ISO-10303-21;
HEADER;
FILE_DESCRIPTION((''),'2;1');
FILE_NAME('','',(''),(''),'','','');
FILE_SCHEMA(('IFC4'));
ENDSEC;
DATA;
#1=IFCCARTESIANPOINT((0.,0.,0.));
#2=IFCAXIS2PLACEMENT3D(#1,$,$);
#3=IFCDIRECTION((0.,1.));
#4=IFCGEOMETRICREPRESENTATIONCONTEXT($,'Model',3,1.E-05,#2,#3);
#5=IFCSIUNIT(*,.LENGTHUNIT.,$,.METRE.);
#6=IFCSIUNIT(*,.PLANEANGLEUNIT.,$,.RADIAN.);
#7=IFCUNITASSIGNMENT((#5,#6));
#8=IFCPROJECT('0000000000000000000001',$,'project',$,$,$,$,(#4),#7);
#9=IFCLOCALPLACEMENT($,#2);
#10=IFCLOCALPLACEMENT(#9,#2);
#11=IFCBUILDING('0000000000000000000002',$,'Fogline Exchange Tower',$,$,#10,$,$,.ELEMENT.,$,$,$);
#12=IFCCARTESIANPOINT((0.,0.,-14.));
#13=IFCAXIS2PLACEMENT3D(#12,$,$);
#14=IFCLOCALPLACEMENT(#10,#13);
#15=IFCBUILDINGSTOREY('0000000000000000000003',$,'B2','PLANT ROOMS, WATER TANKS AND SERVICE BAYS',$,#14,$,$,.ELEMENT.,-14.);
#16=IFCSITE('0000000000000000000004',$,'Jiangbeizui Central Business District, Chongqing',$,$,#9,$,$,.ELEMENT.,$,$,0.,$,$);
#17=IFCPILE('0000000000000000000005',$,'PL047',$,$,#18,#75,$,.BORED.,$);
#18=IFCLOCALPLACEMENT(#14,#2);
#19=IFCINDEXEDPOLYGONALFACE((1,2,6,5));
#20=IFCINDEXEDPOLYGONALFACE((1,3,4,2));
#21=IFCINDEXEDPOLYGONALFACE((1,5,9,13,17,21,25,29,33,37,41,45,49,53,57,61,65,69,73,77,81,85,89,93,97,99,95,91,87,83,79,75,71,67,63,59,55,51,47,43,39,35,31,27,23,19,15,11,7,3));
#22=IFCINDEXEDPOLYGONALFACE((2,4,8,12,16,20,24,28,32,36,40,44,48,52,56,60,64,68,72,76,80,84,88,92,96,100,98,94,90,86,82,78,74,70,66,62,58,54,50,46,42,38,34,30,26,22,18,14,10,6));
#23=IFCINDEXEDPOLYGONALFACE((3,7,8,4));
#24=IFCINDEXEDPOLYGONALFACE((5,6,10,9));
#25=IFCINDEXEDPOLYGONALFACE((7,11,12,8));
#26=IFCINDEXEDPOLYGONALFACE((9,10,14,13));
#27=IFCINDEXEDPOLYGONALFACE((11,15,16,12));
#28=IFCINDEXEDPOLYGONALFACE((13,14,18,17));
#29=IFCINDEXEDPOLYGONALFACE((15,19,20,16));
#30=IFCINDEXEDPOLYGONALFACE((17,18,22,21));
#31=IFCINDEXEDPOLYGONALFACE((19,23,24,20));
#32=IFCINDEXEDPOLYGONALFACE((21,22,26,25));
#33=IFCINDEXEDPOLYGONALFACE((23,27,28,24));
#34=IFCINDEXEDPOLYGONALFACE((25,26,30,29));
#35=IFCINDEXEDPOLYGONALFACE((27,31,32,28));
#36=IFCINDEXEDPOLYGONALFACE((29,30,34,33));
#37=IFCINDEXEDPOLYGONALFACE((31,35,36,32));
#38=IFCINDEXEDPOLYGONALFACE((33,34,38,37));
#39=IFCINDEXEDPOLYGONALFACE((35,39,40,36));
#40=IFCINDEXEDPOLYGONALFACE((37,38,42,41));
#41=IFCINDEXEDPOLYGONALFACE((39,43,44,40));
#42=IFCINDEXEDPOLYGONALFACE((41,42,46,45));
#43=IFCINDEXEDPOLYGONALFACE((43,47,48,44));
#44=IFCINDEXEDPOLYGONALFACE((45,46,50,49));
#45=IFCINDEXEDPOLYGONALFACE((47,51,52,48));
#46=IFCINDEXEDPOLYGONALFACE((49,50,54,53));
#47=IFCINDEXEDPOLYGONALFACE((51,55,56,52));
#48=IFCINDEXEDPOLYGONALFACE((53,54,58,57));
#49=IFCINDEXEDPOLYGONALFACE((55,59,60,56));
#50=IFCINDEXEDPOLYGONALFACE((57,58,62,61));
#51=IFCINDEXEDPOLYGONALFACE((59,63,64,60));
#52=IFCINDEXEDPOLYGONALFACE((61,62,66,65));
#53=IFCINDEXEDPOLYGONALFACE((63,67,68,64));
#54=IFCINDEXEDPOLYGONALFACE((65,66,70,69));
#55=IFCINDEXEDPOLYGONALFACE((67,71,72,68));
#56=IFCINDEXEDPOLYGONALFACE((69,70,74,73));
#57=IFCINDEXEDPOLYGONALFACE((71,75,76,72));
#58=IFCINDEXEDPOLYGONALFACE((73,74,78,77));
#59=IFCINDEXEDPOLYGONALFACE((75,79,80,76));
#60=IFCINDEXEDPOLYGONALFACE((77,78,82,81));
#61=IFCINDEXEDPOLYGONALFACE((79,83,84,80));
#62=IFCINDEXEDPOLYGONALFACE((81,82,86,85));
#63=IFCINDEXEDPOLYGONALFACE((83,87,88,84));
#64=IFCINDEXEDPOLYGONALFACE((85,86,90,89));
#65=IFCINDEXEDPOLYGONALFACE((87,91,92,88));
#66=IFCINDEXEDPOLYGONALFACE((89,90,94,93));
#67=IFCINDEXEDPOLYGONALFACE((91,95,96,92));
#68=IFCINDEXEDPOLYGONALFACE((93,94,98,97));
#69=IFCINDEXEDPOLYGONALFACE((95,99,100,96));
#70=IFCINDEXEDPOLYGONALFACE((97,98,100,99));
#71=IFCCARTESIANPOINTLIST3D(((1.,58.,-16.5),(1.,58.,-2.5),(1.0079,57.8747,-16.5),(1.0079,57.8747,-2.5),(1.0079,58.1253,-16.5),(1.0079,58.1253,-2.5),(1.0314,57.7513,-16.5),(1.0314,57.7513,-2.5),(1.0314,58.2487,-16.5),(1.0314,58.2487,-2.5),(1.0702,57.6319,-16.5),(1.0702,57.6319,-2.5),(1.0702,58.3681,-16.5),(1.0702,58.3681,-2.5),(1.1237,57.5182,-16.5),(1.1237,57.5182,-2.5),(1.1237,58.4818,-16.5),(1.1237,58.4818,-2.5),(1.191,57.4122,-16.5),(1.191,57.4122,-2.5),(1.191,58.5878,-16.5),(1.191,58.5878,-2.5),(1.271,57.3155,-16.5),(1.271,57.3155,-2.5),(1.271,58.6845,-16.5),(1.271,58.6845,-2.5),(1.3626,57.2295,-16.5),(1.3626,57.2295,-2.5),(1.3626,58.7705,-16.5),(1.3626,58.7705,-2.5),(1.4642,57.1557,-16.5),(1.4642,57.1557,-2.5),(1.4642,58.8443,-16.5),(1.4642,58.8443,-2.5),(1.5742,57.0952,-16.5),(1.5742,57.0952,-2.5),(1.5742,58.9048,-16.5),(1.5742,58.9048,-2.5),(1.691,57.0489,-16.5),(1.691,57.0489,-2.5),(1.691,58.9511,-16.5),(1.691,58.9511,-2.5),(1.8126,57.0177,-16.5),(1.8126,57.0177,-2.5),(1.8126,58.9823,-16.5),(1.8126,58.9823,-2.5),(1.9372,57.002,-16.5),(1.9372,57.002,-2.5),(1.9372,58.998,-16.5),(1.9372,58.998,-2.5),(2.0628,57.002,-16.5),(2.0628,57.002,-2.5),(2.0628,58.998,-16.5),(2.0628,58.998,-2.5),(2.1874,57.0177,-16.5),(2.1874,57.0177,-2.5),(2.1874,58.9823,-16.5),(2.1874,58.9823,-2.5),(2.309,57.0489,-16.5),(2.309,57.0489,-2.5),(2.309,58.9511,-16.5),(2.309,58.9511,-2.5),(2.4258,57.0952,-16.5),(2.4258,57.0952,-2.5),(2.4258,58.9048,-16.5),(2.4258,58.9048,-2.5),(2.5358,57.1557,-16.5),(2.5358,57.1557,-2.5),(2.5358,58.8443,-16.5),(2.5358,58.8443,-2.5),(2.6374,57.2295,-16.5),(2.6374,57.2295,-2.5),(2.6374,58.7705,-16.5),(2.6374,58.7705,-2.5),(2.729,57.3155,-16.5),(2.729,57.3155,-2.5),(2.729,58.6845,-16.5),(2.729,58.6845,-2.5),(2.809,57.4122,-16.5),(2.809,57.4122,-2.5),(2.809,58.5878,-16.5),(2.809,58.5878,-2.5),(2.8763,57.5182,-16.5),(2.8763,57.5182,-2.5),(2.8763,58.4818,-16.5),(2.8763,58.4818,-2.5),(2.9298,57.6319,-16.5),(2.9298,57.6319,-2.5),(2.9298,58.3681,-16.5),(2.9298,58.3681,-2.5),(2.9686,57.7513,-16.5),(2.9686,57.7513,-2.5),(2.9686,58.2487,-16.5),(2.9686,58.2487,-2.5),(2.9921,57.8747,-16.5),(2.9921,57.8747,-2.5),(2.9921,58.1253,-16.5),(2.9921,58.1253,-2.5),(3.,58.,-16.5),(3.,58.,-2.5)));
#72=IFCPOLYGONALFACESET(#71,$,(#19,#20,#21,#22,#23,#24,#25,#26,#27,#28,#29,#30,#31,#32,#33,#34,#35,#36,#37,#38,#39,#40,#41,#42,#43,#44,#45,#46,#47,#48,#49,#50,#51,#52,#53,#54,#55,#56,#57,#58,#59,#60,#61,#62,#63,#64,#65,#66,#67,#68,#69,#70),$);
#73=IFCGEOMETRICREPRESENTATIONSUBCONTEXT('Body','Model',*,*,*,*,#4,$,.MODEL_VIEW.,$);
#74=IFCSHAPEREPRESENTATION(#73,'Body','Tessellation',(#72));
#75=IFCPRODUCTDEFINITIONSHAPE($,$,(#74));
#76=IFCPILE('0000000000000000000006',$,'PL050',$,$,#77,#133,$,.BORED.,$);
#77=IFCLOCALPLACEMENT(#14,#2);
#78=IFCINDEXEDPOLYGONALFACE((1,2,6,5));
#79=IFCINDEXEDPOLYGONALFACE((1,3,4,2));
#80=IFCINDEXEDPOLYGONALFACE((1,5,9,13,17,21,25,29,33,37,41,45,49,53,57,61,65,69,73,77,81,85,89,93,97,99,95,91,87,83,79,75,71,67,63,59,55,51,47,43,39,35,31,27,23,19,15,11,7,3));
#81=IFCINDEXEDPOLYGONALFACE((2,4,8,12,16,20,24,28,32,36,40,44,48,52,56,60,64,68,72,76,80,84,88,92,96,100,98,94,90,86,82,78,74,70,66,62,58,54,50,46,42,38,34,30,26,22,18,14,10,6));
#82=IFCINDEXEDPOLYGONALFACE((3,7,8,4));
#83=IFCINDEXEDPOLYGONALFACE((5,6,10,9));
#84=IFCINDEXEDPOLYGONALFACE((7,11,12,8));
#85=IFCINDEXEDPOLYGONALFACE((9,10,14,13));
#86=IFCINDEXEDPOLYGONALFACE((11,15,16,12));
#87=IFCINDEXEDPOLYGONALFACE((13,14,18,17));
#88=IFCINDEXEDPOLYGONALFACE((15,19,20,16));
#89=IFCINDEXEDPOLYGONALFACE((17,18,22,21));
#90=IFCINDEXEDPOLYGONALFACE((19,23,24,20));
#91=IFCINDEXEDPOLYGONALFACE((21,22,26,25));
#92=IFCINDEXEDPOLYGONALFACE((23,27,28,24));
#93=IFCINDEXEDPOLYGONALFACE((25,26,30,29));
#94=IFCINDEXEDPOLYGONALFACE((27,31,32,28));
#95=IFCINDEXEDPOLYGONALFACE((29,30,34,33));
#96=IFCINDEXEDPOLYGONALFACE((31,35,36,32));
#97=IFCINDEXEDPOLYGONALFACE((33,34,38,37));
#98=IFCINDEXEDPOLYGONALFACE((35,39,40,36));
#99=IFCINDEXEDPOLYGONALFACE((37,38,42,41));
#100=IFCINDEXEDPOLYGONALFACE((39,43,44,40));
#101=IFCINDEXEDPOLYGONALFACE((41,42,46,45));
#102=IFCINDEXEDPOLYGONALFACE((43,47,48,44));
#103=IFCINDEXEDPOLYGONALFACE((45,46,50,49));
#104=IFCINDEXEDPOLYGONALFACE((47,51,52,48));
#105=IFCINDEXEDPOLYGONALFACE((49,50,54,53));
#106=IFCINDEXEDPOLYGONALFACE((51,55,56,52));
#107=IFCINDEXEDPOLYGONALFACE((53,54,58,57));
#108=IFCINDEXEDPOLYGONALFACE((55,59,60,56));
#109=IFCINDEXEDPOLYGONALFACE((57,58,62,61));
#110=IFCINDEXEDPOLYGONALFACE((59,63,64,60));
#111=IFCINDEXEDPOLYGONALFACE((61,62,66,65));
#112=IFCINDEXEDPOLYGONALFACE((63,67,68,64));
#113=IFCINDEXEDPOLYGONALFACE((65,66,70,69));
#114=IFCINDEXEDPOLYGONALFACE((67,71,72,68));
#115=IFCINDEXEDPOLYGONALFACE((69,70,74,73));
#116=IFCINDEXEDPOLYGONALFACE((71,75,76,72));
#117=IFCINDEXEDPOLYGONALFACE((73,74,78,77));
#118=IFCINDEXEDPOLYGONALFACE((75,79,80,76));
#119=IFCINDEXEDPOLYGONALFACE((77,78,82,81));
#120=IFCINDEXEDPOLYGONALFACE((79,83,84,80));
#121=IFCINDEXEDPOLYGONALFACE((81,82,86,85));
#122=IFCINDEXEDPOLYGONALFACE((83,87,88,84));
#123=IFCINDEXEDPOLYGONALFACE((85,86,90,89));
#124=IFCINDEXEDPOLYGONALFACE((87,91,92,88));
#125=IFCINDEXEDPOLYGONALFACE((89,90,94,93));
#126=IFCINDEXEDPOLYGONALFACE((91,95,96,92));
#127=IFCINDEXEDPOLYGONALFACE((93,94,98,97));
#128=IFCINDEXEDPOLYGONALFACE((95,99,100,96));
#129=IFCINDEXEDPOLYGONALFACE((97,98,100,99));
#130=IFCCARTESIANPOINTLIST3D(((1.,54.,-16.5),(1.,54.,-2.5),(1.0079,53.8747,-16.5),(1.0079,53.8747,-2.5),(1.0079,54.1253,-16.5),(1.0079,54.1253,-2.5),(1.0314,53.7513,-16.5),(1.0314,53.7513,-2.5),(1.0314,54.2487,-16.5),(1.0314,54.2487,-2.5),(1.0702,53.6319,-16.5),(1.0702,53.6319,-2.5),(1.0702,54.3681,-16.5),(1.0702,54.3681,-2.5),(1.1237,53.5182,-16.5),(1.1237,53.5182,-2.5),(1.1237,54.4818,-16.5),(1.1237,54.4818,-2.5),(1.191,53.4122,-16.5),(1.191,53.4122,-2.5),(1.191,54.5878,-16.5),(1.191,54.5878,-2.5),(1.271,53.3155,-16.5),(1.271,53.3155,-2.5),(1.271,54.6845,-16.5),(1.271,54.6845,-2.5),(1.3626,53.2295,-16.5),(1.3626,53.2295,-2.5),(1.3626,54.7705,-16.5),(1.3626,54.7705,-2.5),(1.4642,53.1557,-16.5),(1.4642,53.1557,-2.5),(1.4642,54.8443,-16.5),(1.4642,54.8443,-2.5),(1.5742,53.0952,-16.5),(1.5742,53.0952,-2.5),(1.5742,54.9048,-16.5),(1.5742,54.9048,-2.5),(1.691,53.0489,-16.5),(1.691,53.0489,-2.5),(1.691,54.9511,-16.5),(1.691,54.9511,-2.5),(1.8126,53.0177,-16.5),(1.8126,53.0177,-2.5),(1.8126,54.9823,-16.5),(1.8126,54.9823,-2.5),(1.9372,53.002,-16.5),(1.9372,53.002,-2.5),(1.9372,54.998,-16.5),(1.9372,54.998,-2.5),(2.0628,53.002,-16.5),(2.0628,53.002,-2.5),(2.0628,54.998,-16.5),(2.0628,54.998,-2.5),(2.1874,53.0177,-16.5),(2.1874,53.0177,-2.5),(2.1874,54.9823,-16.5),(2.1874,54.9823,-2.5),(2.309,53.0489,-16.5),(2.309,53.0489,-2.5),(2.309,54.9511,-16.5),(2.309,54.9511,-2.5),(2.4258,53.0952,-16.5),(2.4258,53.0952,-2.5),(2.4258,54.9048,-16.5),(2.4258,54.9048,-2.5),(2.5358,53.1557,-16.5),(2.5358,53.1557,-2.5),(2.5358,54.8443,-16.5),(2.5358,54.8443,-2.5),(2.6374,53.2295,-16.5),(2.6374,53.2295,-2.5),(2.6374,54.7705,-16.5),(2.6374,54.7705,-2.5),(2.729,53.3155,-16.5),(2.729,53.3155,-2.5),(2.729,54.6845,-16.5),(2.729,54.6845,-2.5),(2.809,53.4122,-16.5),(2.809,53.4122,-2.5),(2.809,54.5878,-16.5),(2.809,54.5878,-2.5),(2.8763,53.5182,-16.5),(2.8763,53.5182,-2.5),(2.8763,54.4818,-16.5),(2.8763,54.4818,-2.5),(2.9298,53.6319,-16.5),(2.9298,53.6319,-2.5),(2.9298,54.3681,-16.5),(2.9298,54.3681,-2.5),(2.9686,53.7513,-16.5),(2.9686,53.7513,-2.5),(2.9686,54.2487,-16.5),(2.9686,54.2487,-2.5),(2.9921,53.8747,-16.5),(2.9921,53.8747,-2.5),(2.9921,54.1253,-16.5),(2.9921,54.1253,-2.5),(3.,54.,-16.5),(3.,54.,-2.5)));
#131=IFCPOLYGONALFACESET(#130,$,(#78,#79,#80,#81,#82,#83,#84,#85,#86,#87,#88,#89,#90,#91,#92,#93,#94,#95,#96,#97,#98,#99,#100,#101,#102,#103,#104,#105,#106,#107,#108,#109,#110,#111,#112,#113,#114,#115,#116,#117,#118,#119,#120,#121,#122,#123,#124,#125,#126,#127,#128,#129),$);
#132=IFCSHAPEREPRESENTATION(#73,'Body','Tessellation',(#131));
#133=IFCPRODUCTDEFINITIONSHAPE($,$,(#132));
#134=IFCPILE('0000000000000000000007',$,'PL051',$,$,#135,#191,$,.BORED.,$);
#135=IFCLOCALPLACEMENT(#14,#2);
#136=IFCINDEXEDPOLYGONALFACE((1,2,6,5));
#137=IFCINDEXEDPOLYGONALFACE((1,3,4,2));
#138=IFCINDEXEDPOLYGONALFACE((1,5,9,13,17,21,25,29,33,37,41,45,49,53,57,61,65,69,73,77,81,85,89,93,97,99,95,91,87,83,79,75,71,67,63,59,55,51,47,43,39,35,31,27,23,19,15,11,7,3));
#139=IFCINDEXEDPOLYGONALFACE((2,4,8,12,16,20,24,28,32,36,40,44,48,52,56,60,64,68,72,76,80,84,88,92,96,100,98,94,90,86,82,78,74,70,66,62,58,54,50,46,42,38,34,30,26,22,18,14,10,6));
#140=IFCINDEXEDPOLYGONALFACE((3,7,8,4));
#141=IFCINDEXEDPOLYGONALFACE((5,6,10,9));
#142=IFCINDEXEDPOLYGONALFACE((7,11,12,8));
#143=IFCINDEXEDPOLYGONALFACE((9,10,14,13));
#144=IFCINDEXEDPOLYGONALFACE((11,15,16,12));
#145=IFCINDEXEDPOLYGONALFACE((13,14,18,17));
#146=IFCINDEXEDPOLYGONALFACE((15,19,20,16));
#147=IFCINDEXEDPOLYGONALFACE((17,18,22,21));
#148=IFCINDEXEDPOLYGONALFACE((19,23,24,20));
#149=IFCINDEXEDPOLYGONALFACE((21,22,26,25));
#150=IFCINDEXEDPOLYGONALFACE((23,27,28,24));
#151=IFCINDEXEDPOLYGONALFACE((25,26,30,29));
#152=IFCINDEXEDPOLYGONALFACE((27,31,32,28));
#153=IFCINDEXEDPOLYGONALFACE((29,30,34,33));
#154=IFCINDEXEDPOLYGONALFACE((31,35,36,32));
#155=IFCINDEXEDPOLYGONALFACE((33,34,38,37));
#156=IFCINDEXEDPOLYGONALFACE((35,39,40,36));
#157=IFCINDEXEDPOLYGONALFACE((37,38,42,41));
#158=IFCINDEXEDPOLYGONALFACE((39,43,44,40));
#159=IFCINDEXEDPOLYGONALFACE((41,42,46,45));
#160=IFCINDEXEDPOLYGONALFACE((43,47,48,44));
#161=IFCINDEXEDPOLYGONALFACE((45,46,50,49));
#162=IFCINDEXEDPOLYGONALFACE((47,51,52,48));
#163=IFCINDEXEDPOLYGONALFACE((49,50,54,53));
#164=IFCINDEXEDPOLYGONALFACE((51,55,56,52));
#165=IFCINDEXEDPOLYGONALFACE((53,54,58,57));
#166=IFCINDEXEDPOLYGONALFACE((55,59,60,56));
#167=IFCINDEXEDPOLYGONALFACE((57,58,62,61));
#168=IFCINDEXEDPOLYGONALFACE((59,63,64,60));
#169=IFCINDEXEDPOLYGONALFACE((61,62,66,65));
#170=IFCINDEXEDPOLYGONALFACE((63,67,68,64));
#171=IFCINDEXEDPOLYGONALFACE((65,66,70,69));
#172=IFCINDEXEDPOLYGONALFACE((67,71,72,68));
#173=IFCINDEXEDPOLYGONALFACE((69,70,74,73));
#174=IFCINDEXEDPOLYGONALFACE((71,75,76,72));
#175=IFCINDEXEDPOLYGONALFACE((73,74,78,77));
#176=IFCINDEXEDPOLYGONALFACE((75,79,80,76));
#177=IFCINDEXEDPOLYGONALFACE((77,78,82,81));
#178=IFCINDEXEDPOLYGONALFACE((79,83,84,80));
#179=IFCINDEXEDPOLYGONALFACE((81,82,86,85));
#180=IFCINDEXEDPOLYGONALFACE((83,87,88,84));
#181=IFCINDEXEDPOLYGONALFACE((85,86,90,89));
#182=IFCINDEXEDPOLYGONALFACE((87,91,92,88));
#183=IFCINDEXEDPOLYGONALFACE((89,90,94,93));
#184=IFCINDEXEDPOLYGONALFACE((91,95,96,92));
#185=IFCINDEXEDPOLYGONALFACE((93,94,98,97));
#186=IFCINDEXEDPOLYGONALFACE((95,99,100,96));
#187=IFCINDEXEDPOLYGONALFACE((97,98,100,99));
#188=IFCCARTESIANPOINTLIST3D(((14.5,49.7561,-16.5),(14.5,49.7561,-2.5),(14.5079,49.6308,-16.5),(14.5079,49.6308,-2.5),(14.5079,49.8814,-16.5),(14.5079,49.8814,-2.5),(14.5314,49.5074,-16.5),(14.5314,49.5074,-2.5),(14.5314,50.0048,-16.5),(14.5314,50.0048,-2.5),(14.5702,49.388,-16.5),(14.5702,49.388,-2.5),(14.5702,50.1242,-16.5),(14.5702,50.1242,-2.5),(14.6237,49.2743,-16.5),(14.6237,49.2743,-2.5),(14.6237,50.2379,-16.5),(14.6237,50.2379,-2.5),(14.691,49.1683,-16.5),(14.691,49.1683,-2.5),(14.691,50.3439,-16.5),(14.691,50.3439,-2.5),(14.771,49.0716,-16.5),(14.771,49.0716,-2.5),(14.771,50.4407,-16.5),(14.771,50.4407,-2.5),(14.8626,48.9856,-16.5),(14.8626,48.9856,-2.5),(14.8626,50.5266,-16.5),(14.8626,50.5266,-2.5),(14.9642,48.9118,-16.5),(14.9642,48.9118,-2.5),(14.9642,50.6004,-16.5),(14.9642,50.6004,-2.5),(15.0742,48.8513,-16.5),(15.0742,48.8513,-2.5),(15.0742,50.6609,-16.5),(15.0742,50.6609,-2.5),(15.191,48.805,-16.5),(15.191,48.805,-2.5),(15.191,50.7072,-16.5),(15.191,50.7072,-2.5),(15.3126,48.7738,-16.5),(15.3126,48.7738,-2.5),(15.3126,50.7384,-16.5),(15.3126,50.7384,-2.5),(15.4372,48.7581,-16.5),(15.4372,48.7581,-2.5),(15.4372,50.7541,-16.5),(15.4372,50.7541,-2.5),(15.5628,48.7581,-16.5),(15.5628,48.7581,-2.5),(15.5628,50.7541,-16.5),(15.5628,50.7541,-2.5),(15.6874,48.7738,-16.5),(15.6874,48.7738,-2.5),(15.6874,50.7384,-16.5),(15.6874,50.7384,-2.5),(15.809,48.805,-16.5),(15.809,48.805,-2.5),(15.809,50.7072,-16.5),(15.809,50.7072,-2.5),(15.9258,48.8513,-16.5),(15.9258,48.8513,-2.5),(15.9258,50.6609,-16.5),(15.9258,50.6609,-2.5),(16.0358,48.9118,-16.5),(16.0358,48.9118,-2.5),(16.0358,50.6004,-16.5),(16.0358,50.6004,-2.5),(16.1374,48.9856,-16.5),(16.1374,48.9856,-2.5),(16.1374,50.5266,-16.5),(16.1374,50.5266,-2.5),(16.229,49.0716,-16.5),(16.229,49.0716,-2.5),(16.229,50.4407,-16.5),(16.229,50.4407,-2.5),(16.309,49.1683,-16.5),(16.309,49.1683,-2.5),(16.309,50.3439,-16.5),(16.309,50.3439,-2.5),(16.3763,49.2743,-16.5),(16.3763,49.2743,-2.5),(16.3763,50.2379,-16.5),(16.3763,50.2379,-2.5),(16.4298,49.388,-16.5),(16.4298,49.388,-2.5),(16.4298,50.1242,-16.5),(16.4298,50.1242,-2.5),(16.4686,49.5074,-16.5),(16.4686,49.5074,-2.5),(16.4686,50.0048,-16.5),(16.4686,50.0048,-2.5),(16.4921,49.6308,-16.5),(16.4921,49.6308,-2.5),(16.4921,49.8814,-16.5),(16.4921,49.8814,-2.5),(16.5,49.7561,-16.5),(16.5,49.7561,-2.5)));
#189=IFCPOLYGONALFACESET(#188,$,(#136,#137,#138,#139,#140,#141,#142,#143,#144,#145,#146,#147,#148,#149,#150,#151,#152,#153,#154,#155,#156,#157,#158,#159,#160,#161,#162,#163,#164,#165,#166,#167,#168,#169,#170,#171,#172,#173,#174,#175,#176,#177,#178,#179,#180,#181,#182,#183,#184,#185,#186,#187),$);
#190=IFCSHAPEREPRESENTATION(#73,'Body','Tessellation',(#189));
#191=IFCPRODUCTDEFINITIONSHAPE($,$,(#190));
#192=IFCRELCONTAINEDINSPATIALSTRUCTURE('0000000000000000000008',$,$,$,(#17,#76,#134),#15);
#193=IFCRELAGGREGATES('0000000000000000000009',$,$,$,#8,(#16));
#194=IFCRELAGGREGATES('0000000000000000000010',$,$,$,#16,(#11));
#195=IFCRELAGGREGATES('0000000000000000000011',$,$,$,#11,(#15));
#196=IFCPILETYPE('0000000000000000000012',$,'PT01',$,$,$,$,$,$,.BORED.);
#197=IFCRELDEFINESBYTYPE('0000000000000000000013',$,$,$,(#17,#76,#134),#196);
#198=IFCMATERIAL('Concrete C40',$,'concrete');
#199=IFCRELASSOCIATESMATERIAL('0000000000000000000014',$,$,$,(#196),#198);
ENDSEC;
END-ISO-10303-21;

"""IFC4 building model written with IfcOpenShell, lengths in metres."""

from ifc_helpers import new_model, si_unit, direction, frame, origin, origin_2d, place, context, subcontext, project, spatial, circle, extrude, material, material_profile, profile_set, type_object, element, save


model = new_model("IFC4")

# Units and contexts
model_context = context("Model", 3, precision=1e-05, world=origin(), true_north=direction((0.0, 1.0)))
body_context = subcontext(model_context, "Body", "Model", "MODEL_VIEW")
ifc_project = project(units=[si_unit("LENGTHUNIT", "METRE"), si_unit("PLANEANGLEUNIT", "RADIAN")], contexts=[model_context])

# Site, building, storey
site_placement = place(None, origin())
site = spatial("IfcSite", under=ifc_project, at=site_placement, Name="Jiangbeizui Central Business District, Chongqing", CompositionType="ELEMENT", RefElevation=0.0)
building_placement = place(site_placement, origin())
building = spatial("IfcBuilding", under=site, at=building_placement, Name="Fogline Exchange Tower", CompositionType="ELEMENT")
storey_placement = place(building_placement, frame((0.0, 0.0, -14.0)))
storey = spatial("IfcBuildingStorey", under=building, at=storey_placement, Name="B2", Description="PLANT ROOMS, WATER TANKS AND SERVICE BAYS", CompositionType="ELEMENT", Elevation=-14.0)

# Piles
ifc_material_1 = material(Name="Concrete C40", Category="concrete")
ifc_material_profile_1 = material_profile(ifc_material_1, circle(Radius=1.0, at=origin_2d()), Name="RC D2000")
ifc_profile_set_1 = profile_set([ifc_material_profile_1], Name="Concrete C40")
pile_type = type_object("IfcPileType", Name="PT01", PredefinedType="BORED", material=ifc_profile_set_1)
for number, where, z_axis, x_axis, name in (
    (1, (2.0, 58.0, -2.5), (0.0, 0.0, -1.0), (1.0, 0.0, 0.0), "PL047"),
    (2, (2.0, 54.0, -2.5), (0.0, 0.0, -1.0), (1.0, 0.0, 0.0), "PL050"),
    (3, (15.5, 49.7561, -2.5), (0.0, 0.0, -1.0), (1.0, 0.0, 0.0), "PL051"),
):
    element("IfcPile", number, at=place(storey_placement, frame(where, z_axis=z_axis, x_axis=x_axis)), inside=storey, type_object=pile_type, Name=name, PredefinedType="BORED", context=body_context, shape_type="SweptSolid", body=[
        extrude(circle(Radius=1.0, at=origin_2d()), origin(), (0.0, 0.0, 1.0), 14.0),
    ])

save(model, "model.ifc")
